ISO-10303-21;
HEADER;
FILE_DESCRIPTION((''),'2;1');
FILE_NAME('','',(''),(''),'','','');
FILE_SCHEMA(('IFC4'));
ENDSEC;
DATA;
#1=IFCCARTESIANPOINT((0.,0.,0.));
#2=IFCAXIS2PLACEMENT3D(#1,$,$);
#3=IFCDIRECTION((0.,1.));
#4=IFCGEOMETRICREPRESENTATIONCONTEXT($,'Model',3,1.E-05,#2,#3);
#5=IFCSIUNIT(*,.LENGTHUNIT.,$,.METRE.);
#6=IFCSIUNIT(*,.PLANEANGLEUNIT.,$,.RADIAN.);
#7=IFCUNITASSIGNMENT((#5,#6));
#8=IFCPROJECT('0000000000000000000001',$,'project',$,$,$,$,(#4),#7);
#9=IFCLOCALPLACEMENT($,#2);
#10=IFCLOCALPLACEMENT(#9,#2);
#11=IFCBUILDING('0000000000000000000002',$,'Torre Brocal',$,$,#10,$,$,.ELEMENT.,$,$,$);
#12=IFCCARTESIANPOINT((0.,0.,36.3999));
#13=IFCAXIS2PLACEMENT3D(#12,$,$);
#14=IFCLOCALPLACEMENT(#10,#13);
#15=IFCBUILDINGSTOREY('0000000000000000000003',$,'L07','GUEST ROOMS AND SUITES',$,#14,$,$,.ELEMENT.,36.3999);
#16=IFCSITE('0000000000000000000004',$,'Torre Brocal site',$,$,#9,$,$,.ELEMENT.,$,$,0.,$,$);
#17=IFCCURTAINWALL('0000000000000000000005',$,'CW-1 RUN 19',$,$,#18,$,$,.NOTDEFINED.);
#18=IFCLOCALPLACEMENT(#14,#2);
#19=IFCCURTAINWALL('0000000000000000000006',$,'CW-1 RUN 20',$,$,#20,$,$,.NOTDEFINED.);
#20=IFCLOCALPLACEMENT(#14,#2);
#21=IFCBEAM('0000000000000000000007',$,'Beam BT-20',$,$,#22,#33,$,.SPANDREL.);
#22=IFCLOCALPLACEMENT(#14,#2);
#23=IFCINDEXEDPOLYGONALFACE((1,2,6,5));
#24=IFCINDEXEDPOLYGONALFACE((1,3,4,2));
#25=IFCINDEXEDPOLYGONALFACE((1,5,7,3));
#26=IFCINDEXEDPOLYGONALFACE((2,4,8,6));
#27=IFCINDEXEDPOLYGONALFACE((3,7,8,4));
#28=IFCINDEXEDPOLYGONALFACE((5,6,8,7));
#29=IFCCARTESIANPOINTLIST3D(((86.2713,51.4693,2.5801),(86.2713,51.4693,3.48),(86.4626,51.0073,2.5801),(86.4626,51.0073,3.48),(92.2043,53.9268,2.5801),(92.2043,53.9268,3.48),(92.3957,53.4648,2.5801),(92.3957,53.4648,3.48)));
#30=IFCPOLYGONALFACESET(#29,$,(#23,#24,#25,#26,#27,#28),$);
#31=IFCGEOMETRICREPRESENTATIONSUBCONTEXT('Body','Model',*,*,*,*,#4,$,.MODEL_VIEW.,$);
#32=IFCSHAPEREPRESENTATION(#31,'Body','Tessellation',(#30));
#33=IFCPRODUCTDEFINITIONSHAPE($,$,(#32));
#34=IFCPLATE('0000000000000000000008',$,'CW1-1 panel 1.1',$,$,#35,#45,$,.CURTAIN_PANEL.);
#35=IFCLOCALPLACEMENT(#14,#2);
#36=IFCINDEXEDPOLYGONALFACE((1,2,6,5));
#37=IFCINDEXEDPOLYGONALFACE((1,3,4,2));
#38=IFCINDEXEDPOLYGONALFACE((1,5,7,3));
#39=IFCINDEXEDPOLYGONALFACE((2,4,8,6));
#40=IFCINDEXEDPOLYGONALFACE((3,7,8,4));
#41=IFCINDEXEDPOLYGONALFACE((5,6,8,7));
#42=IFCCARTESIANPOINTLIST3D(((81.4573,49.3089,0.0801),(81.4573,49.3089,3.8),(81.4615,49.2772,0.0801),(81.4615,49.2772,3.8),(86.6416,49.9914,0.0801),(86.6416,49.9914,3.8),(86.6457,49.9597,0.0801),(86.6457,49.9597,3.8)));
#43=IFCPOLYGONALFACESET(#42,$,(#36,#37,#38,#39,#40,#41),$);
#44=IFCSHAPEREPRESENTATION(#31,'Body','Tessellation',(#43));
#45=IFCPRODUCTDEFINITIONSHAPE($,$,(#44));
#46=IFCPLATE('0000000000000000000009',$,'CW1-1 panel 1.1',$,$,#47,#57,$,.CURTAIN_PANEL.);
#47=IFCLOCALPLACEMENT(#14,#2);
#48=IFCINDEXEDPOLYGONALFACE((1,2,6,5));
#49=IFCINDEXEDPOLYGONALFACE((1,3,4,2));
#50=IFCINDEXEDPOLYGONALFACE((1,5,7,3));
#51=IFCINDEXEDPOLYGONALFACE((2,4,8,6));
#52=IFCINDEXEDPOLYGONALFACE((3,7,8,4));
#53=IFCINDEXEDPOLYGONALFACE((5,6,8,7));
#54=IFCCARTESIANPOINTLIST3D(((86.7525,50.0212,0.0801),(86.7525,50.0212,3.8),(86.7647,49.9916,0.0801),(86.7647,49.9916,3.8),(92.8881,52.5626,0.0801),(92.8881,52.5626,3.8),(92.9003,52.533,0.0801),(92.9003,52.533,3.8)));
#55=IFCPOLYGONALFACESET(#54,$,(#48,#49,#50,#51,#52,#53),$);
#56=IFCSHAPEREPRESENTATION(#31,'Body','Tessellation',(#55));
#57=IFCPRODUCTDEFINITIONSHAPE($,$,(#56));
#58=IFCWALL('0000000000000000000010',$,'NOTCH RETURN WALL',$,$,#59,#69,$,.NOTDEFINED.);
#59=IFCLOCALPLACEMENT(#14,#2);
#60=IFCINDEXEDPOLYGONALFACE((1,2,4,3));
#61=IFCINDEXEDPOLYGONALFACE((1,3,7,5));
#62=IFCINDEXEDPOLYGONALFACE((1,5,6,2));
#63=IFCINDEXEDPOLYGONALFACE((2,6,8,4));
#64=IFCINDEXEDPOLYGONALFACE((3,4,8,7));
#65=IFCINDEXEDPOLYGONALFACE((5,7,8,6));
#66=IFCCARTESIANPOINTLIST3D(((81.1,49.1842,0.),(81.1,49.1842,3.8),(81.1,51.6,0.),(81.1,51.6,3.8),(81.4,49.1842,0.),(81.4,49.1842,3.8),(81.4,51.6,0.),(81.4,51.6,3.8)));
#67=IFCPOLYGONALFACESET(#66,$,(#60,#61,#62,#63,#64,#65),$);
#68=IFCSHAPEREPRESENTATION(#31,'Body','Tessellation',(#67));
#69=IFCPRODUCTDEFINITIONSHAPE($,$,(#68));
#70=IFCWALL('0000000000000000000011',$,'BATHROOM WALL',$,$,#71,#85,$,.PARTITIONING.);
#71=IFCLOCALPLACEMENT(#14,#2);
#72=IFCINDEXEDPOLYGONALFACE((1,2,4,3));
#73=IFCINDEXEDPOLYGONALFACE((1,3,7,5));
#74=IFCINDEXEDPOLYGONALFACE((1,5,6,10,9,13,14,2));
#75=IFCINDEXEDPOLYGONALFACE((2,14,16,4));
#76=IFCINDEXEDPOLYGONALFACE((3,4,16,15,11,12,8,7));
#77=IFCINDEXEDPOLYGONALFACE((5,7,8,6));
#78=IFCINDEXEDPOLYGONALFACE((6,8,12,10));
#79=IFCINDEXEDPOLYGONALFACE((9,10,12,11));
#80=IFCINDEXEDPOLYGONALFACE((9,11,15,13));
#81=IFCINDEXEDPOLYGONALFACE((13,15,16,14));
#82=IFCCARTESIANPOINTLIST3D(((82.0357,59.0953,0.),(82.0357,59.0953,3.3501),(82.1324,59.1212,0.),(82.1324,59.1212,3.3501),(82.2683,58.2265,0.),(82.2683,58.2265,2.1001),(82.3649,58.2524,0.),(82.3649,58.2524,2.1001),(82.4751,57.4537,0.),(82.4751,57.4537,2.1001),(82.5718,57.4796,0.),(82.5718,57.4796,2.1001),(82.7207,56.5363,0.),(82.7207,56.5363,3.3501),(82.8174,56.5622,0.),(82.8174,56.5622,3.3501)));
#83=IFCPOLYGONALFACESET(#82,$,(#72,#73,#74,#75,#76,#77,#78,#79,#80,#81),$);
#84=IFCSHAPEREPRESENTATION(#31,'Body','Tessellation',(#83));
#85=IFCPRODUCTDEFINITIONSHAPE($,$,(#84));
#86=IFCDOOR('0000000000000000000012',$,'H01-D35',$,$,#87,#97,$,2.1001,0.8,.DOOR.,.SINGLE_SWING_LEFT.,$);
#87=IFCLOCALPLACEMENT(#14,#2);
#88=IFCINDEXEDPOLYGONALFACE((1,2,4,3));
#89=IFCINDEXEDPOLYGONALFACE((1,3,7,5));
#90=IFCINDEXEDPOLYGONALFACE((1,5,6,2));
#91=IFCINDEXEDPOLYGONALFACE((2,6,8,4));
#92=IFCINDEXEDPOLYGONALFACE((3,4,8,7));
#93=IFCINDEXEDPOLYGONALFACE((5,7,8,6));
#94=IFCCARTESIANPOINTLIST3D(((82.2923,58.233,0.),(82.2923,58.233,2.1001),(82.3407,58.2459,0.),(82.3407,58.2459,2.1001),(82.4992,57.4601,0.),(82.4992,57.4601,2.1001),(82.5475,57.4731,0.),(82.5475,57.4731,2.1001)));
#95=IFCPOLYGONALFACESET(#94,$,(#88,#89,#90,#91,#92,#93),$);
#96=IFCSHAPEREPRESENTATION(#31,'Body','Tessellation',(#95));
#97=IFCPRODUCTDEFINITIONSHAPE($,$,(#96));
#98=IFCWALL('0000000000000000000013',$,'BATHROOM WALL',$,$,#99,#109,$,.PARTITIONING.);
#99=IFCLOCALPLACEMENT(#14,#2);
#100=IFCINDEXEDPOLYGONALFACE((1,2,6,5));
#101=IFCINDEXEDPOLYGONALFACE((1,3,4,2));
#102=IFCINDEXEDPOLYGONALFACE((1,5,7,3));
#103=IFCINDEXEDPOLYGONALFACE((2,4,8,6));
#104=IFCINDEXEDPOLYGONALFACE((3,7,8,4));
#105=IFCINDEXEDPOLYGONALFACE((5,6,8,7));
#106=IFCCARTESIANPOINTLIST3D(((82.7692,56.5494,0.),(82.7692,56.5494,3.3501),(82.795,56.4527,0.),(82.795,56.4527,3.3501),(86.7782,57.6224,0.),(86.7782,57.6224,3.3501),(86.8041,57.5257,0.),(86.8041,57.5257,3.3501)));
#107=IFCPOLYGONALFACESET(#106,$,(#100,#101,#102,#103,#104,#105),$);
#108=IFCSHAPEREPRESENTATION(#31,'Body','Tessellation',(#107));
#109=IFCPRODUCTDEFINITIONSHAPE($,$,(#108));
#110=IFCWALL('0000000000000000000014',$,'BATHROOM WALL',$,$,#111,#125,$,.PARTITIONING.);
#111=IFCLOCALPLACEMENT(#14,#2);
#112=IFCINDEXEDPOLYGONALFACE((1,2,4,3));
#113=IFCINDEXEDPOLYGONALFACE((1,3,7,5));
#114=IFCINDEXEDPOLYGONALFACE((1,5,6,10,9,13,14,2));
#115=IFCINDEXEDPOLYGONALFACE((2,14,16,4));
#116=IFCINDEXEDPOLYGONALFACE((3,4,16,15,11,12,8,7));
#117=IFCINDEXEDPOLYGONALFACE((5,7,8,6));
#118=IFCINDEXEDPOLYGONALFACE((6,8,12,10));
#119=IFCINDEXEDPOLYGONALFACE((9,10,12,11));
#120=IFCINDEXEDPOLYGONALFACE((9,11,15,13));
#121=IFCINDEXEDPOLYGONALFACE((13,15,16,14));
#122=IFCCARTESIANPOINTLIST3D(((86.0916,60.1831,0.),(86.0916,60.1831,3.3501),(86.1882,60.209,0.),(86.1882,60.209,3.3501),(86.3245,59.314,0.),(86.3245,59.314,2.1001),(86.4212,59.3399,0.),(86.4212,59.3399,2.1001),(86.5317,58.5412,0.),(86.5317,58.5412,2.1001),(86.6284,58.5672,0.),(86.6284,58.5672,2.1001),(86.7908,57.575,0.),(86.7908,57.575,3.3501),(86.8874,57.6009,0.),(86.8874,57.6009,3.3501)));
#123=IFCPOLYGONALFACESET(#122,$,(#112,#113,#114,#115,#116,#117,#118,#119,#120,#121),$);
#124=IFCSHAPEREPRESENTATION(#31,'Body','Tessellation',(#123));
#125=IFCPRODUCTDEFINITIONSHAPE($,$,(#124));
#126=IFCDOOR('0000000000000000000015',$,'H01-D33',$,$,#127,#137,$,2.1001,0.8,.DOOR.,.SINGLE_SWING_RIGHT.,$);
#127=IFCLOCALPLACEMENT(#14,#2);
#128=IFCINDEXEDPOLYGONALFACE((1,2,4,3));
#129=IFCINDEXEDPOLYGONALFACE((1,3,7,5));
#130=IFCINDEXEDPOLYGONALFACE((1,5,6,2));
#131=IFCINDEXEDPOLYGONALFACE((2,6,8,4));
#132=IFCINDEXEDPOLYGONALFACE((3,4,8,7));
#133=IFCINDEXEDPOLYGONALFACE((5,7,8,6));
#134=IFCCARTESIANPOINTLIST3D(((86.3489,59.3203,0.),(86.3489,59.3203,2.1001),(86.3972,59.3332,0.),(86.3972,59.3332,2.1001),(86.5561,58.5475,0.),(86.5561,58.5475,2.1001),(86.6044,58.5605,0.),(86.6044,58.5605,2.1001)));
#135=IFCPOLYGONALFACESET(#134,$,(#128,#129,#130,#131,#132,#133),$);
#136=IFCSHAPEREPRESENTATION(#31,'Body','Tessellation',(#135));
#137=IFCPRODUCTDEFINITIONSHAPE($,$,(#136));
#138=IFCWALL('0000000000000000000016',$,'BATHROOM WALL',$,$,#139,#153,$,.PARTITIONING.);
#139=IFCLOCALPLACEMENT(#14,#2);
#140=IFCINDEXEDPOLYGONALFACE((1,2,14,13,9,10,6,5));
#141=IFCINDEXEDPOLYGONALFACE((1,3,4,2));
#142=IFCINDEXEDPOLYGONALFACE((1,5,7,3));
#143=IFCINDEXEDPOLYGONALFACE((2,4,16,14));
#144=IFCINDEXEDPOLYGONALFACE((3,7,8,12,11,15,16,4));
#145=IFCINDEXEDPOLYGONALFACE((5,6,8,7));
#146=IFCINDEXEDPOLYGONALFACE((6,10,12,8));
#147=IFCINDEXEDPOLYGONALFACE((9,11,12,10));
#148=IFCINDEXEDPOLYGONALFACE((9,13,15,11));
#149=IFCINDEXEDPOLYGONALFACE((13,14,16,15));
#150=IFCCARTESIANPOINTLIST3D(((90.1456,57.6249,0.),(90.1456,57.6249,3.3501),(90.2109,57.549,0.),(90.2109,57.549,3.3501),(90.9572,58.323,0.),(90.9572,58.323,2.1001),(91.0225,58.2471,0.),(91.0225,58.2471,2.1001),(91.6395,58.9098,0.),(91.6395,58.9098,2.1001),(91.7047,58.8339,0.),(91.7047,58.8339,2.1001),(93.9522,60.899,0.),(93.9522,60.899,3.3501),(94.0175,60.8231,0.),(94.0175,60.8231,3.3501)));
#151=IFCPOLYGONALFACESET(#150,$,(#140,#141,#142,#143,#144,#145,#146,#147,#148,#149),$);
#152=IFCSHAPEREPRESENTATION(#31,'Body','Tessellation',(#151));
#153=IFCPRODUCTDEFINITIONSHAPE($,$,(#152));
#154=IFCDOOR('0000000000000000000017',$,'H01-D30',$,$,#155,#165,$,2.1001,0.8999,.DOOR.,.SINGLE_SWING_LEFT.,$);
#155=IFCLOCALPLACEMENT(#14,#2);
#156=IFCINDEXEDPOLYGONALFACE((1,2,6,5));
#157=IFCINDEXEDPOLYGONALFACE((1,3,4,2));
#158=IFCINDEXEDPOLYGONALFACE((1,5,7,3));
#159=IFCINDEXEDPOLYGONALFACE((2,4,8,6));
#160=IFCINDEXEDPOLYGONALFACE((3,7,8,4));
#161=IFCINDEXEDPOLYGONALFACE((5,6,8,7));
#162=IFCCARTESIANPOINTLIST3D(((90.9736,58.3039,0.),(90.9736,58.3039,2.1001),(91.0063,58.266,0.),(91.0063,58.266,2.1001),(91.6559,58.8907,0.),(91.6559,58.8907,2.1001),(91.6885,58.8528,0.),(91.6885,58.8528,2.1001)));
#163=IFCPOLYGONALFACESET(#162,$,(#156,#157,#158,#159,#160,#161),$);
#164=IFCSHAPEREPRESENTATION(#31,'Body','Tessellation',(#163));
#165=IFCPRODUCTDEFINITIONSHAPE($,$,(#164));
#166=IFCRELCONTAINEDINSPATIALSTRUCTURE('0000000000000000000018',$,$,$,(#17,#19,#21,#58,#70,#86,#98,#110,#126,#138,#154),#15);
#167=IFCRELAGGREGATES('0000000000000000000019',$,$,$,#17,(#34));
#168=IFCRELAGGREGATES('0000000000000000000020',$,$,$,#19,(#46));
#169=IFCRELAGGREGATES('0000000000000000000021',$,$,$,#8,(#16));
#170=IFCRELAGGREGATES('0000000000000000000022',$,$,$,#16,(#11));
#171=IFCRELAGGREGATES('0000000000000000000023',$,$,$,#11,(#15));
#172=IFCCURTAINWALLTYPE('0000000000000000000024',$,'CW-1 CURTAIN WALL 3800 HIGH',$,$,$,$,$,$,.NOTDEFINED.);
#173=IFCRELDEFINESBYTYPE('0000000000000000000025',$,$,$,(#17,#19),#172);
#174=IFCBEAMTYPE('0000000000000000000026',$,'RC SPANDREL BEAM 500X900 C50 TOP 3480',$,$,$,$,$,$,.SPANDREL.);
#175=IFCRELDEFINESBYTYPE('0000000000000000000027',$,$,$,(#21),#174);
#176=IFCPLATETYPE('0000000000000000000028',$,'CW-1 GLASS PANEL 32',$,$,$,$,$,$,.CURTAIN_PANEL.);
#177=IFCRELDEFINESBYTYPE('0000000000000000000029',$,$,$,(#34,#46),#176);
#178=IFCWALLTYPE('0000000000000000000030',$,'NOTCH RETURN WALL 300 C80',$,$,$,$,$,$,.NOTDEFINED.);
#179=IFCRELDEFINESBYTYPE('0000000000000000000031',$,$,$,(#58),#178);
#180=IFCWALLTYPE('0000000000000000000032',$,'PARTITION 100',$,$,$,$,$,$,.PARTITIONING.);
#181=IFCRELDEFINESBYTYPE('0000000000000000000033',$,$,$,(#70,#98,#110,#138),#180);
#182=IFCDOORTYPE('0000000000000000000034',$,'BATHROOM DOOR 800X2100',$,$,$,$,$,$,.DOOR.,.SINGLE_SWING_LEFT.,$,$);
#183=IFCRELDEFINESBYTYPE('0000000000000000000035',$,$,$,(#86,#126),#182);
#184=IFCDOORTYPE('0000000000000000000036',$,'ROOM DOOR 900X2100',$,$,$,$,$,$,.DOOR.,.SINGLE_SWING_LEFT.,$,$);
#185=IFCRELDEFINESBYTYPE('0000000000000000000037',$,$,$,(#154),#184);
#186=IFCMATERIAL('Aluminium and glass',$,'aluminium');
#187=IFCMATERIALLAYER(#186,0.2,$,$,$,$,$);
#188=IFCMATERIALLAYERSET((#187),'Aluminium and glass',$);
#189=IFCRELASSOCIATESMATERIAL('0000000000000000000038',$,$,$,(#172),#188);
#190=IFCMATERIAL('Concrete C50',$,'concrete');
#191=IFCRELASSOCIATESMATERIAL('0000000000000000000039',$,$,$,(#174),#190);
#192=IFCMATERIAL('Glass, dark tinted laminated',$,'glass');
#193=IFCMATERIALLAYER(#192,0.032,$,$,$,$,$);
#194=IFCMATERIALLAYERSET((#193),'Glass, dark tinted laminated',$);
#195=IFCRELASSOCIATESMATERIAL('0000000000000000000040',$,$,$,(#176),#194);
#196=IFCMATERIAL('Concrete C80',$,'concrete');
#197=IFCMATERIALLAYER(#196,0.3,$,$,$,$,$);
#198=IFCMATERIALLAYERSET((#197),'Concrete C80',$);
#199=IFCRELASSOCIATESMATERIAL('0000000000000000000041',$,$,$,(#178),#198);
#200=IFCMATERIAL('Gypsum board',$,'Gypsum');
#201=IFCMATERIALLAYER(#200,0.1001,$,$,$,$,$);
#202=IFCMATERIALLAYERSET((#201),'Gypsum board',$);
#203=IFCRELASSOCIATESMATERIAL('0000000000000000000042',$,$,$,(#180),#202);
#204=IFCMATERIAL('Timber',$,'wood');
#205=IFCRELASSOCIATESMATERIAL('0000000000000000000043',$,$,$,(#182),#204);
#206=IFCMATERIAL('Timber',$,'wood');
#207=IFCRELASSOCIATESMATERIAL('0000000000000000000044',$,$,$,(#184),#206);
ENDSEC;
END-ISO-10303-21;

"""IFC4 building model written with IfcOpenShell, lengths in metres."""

from ifc_helpers import new_model, si_unit, direction, frame, frame_2d, origin, origin_2d, place, context, subcontext, project, spatial, rectangle, extrude, material, layer, layer_set, material_profile, profile_set, type_object, element, fill, aggregate, save


model = new_model("IFC4")

# Units and contexts
model_context = context("Model", 3, precision=1e-05, world=origin(), true_north=direction((0.0, 1.0)))
body_context = subcontext(model_context, "Body", "Model", "MODEL_VIEW")
ifc_project = project(units=[si_unit("LENGTHUNIT", "METRE"), si_unit("PLANEANGLEUNIT", "RADIAN")], contexts=[model_context])

# Site, building, storey
site_placement = place(None, origin())
site = spatial("IfcSite", under=ifc_project, at=site_placement, Name="Torre Brocal site", CompositionType="ELEMENT", RefElevation=0.0)
building_placement = place(site_placement, origin())
building = spatial("IfcBuilding", under=site, at=building_placement, Name="Torre Brocal", CompositionType="ELEMENT")
storey_placement = place(building_placement, frame((0.0, 0.0, 36.3999)))
storey = spatial("IfcBuildingStorey", under=building, at=storey_placement, Name="L07", Description="GUEST ROOMS AND SUITES", CompositionType="ELEMENT", Elevation=36.3999)

# Curtain wall
ifc_material_1 = material(Name="Aluminium and glass", Category="aluminium")
ifc_layer_1 = layer(ifc_material_1, 0.2)
ifc_layer_set_1 = layer_set([ifc_layer_1], Name="Aluminium and glass")
curtain_wall_type = type_object("IfcCurtainWallType", Name="CW-1 CURTAIN WALL 3800 HIGH", PredefinedType="NOTDEFINED", material=ifc_layer_set_1)
curtain_wall_1_placement = place(storey_placement, origin())
curtain_wall_1 = element("IfcCurtainWall", 1, at=curtain_wall_1_placement, inside=storey, type_object=curtain_wall_type, Name="CW-1 RUN 19", PredefinedType="NOTDEFINED")

# Curtain wall
curtain_wall_2_placement = place(storey_placement, origin())
curtain_wall_2 = element("IfcCurtainWall", 2, at=curtain_wall_2_placement, inside=storey, type_object=curtain_wall_type, Name="CW-1 RUN 20", PredefinedType="NOTDEFINED")

# Beam
ifc_material_2 = material(Name="Concrete C50", Category="concrete")
ifc_material_profile_1 = material_profile(ifc_material_2, rectangle(XDim=0.5, YDim=0.8999, at=origin_2d()), Name="RC 500X900")
ifc_profile_set_1 = profile_set([ifc_material_profile_1], Name="Concrete C50")
beam_type_1 = type_object("IfcBeamType", Name="RC SPANDREL BEAM 500X900 C50 TOP 3480", PredefinedType="SPANDREL", material=ifc_profile_set_1)
beam_1_placement = place(storey_placement, frame((86.3669, 51.2383, 3.03), z_axis=(0.923882, 0.382676, 0.0), x_axis=(-0.382676, 0.923882, 0.0)))
element("IfcBeam", 3, at=beam_1_placement, inside=storey, type_object=beam_type_1, Name="Beam BT-20", PredefinedType="SPANDREL", context=body_context, shape_type="SweptSolid", body=[
    extrude(rectangle(XDim=0.5, YDim=0.8999, at=origin_2d()), origin(), (0.0, 0.0, 1.0), 6.4219),
])

# Plates
ifc_material_3 = material(Name="Glass, dark tinted laminated", Category="glass")
ifc_layer_2 = layer(ifc_material_3, 0.032)
ifc_layer_set_2 = layer_set([ifc_layer_2], Name="Glass, dark tinted laminated")
plate_type = type_object("IfcPlateType", Name="CW-1 GLASS PANEL 32", PredefinedType="CURTAIN_PANEL", material=ifc_layer_set_2)
plate_1_placement = place(storey_placement, frame((84.0515, 49.6343, 0.0801), z_axis=(0.0, 0.0, 1.0), x_axis=(0.991445, 0.130526, 0.0)))
plate_1 = element("IfcPlate", 4, at=plate_1_placement, type_object=plate_type, Name="CW1-1 panel 1.1", PredefinedType="CURTAIN_PANEL", context=body_context, shape_type="SweptSolid", body=[
    extrude(rectangle(XDim=5.229, YDim=0.032, at=origin_2d()), origin(), (0.0, 0.0, 1.0), 3.72),
])
aggregate(curtain_wall_1, [plate_1])
plate_2_placement = place(storey_placement, frame((89.8264, 51.2771, 0.0801), z_axis=(0.0, 0.0, 1.0), x_axis=(0.92388, 0.382683, 0.0)))
plate_2 = element("IfcPlate", 5, at=plate_2_placement, type_object=plate_type, Name="CW1-1 panel 1.1", PredefinedType="CURTAIN_PANEL", context=body_context, shape_type="SweptSolid", body=[
    extrude(rectangle(XDim=6.6411, YDim=0.032, at=origin_2d()), origin(), (0.0, 0.0, 1.0), 3.72),
])
aggregate(curtain_wall_2, [plate_2])

# Wall
ifc_material_4 = material(Name="Concrete C80", Category="concrete")
ifc_layer_3 = layer(ifc_material_4, 0.3)
ifc_layer_set_3 = layer_set([ifc_layer_3], Name="Concrete C80")
wall_type_1 = type_object("IfcWallType", Name="NOTCH RETURN WALL 300 C80", PredefinedType="NOTDEFINED", material=ifc_layer_set_3)
wall_1_placement = place(storey_placement, frame((81.25, 51.6001, 0.0), z_axis=(0.0, 0.0, 1.0), x_axis=(0.0, -1.0, 0.0)))
element("IfcWall", 6, at=wall_1_placement, inside=storey, type_object=wall_type_1, Name="NOTCH RETURN WALL", PredefinedType="NOTDEFINED", context=body_context, shape_type="SweptSolid", body=[
    extrude(rectangle(XDim=2.4158, YDim=0.3, at=frame_2d((1.208, 0.0))), origin(), (0.0, 0.0, 1.0), 3.8),
])

# Wall, opening, door
ifc_material_5 = material(Name="Gypsum board", Category="Gypsum")
ifc_layer_4 = layer(ifc_material_5, 0.1001)
ifc_layer_set_4 = layer_set([ifc_layer_4], Name="Gypsum board")
wall_type_2 = type_object("IfcWallType", Name="PARTITION 100", PredefinedType="PARTITIONING", material=ifc_layer_set_4)
wall_2_placement = place(storey_placement, frame((82.084, 59.1084, 0.0), z_axis=(0.0, 0.0, 1.0), x_axis=(0.258592, -0.965987, 0.0)))
wall_2 = element("IfcWall", 7, at=wall_2_placement, inside=storey, type_object=wall_type_2, Name="BATHROOM WALL", PredefinedType="PARTITIONING", context=body_context, shape_type="SweptSolid", body=[
    extrude(rectangle(XDim=2.6492, YDim=0.1001, at=frame_2d((1.3247, 0.0))), origin(), (0.0, 0.0, 1.0), 3.3501),
])
opening_1_placement = place(wall_2_placement, frame((0.8997, 0.0, 0.0)))
opening_1 = element("IfcOpeningElement", 8, at=opening_1_placement, cuts=wall_2, PredefinedType="OPENING", context=body_context, shape_type="SweptSolid", body=[
    extrude(rectangle(XDim=0.8, YDim=2.1001, at=frame_2d((0.3999, 1.05))), frame((0.0, 0.0601, 0.0), z_axis=(0.0, -1.0, 0.0), x_axis=(1.0, 0.0, 0.0)), (0.0, 0.0, 1.0), 0.1201),
])
ifc_material_6 = material(Name="Timber", Category="wood")
door_type_1 = type_object("IfcDoorType", Name="BATHROOM DOOR 800X2100", OperationType="SINGLE_SWING_LEFT", PredefinedType="DOOR", material=ifc_material_6)
door_1_placement = place(opening_1_placement, origin())
door_1 = element("IfcDoor", 9, at=door_1_placement, inside=storey, type_object=door_type_1, Name="H01-D35", OperationType="SINGLE_SWING_LEFT", OverallHeight=2.1001, OverallWidth=0.8, PredefinedType="DOOR", context=body_context, shape_type="SweptSolid", body=[
    extrude(rectangle(XDim=0.8, YDim=2.1001, at=frame_2d((0.3999, 1.05))), frame((0.0, 0.0249, 0.0), z_axis=(0.0, -1.0, 0.0), x_axis=(1.0, 0.0, 0.0)), (0.0, 0.0, 1.0), 0.05),
])
fill(opening_1, door_1)

# Wall
wall_3_placement = place(storey_placement, frame((82.782, 56.501, 0.0), z_axis=(0.0, 0.0, 1.0), x_axis=(0.965999, 0.258545, 0.0)))
element("IfcWall", 10, at=wall_3_placement, inside=storey, type_object=wall_type_2, Name="BATHROOM WALL", PredefinedType="PARTITIONING", context=body_context, shape_type="SweptSolid", body=[
    extrude(rectangle(XDim=4.1501, YDim=0.1001, at=frame_2d((2.0752, 0.0))), origin(), (0.0, 0.0, 1.0), 3.3501),
])

# Walls, openings, doors
wall_4_placement = place(storey_placement, frame((86.1399, 60.196, 0.0), z_axis=(0.0, 0.0, 1.0), x_axis=(0.258945, -0.965892, 0.0)))
wall_4 = element("IfcWall", 11, at=wall_4_placement, inside=storey, type_object=wall_type_2, Name="BATHROOM WALL", PredefinedType="PARTITIONING", context=body_context, shape_type="SweptSolid", body=[
    extrude(rectangle(XDim=2.7002, YDim=0.1001, at=frame_2d((1.3501, 0.0))), origin(), (0.0, 0.0, 1.0), 3.3501),
])
opening_2_placement = place(wall_4_placement, frame((0.8999, 0.0, 0.0)))
opening_2 = element("IfcOpeningElement", 12, at=opening_2_placement, cuts=wall_4, PredefinedType="OPENING", context=body_context, shape_type="SweptSolid", body=[
    extrude(rectangle(XDim=0.8, YDim=2.1001, at=frame_2d((0.3999, 1.05))), frame((0.0, 0.0601, 0.0), z_axis=(0.0, -1.0, 0.0), x_axis=(1.0, 0.0, 0.0)), (0.0, 0.0, 1.0), 0.1201),
])
door_2_placement = place(opening_2_placement, frame((0.8, 0.0, 0.0), z_axis=(0.0, 0.0, 1.0), x_axis=(-1.0, 0.0, 0.0)))
door_2 = element("IfcDoor", 13, at=door_2_placement, inside=storey, type_object=door_type_1, Name="H01-D33", OperationType="SINGLE_SWING_RIGHT", OverallHeight=2.1001, OverallWidth=0.8, PredefinedType="DOOR", context=body_context, shape_type="SweptSolid", body=[
    extrude(rectangle(XDim=0.8, YDim=2.1001, at=frame_2d((0.3999, 1.05))), frame((0.0, 0.0249, 0.0), z_axis=(0.0, -1.0, 0.0), x_axis=(1.0, 0.0, 0.0)), (0.0, 0.0, 1.0), 0.05),
])
fill(opening_2, door_2)
wall_5_placement = place(storey_placement, frame((90.1782, 57.5869, 0.0), z_axis=(0.0, 0.0, 1.0), x_axis=(0.75814, 0.652092, 0.0)))
wall_5 = element("IfcWall", 14, at=wall_5_placement, inside=storey, type_object=wall_type_2, Name="BATHROOM WALL", PredefinedType="PARTITIONING", context=body_context, shape_type="SweptSolid", body=[
    extrude(rectangle(XDim=5.021, YDim=0.1001, at=frame_2d((2.5105, 0.0))), origin(), (0.0, 0.0, 1.0), 3.3501),
])
opening_3_placement = place(wall_5_placement, frame((1.0706, 0.0, 0.0)))
opening_3 = element("IfcOpeningElement", 15, at=opening_3_placement, cuts=wall_5, PredefinedType="OPENING", context=body_context, shape_type="SweptSolid", body=[
    extrude(rectangle(XDim=0.8999, YDim=2.1001, at=frame_2d((0.45, 1.05))), frame((0.0, 0.0601, 0.0), z_axis=(0.0, -1.0, 0.0), x_axis=(1.0, 0.0, 0.0)), (0.0, 0.0, 1.0), 0.1201),
])
ifc_material_7 = material(Name="Timber", Category="wood")
door_type_2 = type_object("IfcDoorType", Name="ROOM DOOR 900X2100", OperationType="SINGLE_SWING_LEFT", PredefinedType="DOOR", material=ifc_material_7)
door_3_placement = place(opening_3_placement, origin())
door_3 = element("IfcDoor", 16, at=door_3_placement, inside=storey, type_object=door_type_2, Name="H01-D30", OperationType="SINGLE_SWING_LEFT", OverallHeight=2.1001, OverallWidth=0.8999, PredefinedType="DOOR", context=body_context, shape_type="SweptSolid", body=[
    extrude(rectangle(XDim=0.8999, YDim=2.1001, at=frame_2d((0.45, 1.05))), frame((0.0, 0.0249, 0.0), z_axis=(0.0, -1.0, 0.0), x_axis=(1.0, 0.0, 0.0)), (0.0, 0.0, 1.0), 0.05),
])
fill(opening_3, door_3)

save(model, "model.ifc")
